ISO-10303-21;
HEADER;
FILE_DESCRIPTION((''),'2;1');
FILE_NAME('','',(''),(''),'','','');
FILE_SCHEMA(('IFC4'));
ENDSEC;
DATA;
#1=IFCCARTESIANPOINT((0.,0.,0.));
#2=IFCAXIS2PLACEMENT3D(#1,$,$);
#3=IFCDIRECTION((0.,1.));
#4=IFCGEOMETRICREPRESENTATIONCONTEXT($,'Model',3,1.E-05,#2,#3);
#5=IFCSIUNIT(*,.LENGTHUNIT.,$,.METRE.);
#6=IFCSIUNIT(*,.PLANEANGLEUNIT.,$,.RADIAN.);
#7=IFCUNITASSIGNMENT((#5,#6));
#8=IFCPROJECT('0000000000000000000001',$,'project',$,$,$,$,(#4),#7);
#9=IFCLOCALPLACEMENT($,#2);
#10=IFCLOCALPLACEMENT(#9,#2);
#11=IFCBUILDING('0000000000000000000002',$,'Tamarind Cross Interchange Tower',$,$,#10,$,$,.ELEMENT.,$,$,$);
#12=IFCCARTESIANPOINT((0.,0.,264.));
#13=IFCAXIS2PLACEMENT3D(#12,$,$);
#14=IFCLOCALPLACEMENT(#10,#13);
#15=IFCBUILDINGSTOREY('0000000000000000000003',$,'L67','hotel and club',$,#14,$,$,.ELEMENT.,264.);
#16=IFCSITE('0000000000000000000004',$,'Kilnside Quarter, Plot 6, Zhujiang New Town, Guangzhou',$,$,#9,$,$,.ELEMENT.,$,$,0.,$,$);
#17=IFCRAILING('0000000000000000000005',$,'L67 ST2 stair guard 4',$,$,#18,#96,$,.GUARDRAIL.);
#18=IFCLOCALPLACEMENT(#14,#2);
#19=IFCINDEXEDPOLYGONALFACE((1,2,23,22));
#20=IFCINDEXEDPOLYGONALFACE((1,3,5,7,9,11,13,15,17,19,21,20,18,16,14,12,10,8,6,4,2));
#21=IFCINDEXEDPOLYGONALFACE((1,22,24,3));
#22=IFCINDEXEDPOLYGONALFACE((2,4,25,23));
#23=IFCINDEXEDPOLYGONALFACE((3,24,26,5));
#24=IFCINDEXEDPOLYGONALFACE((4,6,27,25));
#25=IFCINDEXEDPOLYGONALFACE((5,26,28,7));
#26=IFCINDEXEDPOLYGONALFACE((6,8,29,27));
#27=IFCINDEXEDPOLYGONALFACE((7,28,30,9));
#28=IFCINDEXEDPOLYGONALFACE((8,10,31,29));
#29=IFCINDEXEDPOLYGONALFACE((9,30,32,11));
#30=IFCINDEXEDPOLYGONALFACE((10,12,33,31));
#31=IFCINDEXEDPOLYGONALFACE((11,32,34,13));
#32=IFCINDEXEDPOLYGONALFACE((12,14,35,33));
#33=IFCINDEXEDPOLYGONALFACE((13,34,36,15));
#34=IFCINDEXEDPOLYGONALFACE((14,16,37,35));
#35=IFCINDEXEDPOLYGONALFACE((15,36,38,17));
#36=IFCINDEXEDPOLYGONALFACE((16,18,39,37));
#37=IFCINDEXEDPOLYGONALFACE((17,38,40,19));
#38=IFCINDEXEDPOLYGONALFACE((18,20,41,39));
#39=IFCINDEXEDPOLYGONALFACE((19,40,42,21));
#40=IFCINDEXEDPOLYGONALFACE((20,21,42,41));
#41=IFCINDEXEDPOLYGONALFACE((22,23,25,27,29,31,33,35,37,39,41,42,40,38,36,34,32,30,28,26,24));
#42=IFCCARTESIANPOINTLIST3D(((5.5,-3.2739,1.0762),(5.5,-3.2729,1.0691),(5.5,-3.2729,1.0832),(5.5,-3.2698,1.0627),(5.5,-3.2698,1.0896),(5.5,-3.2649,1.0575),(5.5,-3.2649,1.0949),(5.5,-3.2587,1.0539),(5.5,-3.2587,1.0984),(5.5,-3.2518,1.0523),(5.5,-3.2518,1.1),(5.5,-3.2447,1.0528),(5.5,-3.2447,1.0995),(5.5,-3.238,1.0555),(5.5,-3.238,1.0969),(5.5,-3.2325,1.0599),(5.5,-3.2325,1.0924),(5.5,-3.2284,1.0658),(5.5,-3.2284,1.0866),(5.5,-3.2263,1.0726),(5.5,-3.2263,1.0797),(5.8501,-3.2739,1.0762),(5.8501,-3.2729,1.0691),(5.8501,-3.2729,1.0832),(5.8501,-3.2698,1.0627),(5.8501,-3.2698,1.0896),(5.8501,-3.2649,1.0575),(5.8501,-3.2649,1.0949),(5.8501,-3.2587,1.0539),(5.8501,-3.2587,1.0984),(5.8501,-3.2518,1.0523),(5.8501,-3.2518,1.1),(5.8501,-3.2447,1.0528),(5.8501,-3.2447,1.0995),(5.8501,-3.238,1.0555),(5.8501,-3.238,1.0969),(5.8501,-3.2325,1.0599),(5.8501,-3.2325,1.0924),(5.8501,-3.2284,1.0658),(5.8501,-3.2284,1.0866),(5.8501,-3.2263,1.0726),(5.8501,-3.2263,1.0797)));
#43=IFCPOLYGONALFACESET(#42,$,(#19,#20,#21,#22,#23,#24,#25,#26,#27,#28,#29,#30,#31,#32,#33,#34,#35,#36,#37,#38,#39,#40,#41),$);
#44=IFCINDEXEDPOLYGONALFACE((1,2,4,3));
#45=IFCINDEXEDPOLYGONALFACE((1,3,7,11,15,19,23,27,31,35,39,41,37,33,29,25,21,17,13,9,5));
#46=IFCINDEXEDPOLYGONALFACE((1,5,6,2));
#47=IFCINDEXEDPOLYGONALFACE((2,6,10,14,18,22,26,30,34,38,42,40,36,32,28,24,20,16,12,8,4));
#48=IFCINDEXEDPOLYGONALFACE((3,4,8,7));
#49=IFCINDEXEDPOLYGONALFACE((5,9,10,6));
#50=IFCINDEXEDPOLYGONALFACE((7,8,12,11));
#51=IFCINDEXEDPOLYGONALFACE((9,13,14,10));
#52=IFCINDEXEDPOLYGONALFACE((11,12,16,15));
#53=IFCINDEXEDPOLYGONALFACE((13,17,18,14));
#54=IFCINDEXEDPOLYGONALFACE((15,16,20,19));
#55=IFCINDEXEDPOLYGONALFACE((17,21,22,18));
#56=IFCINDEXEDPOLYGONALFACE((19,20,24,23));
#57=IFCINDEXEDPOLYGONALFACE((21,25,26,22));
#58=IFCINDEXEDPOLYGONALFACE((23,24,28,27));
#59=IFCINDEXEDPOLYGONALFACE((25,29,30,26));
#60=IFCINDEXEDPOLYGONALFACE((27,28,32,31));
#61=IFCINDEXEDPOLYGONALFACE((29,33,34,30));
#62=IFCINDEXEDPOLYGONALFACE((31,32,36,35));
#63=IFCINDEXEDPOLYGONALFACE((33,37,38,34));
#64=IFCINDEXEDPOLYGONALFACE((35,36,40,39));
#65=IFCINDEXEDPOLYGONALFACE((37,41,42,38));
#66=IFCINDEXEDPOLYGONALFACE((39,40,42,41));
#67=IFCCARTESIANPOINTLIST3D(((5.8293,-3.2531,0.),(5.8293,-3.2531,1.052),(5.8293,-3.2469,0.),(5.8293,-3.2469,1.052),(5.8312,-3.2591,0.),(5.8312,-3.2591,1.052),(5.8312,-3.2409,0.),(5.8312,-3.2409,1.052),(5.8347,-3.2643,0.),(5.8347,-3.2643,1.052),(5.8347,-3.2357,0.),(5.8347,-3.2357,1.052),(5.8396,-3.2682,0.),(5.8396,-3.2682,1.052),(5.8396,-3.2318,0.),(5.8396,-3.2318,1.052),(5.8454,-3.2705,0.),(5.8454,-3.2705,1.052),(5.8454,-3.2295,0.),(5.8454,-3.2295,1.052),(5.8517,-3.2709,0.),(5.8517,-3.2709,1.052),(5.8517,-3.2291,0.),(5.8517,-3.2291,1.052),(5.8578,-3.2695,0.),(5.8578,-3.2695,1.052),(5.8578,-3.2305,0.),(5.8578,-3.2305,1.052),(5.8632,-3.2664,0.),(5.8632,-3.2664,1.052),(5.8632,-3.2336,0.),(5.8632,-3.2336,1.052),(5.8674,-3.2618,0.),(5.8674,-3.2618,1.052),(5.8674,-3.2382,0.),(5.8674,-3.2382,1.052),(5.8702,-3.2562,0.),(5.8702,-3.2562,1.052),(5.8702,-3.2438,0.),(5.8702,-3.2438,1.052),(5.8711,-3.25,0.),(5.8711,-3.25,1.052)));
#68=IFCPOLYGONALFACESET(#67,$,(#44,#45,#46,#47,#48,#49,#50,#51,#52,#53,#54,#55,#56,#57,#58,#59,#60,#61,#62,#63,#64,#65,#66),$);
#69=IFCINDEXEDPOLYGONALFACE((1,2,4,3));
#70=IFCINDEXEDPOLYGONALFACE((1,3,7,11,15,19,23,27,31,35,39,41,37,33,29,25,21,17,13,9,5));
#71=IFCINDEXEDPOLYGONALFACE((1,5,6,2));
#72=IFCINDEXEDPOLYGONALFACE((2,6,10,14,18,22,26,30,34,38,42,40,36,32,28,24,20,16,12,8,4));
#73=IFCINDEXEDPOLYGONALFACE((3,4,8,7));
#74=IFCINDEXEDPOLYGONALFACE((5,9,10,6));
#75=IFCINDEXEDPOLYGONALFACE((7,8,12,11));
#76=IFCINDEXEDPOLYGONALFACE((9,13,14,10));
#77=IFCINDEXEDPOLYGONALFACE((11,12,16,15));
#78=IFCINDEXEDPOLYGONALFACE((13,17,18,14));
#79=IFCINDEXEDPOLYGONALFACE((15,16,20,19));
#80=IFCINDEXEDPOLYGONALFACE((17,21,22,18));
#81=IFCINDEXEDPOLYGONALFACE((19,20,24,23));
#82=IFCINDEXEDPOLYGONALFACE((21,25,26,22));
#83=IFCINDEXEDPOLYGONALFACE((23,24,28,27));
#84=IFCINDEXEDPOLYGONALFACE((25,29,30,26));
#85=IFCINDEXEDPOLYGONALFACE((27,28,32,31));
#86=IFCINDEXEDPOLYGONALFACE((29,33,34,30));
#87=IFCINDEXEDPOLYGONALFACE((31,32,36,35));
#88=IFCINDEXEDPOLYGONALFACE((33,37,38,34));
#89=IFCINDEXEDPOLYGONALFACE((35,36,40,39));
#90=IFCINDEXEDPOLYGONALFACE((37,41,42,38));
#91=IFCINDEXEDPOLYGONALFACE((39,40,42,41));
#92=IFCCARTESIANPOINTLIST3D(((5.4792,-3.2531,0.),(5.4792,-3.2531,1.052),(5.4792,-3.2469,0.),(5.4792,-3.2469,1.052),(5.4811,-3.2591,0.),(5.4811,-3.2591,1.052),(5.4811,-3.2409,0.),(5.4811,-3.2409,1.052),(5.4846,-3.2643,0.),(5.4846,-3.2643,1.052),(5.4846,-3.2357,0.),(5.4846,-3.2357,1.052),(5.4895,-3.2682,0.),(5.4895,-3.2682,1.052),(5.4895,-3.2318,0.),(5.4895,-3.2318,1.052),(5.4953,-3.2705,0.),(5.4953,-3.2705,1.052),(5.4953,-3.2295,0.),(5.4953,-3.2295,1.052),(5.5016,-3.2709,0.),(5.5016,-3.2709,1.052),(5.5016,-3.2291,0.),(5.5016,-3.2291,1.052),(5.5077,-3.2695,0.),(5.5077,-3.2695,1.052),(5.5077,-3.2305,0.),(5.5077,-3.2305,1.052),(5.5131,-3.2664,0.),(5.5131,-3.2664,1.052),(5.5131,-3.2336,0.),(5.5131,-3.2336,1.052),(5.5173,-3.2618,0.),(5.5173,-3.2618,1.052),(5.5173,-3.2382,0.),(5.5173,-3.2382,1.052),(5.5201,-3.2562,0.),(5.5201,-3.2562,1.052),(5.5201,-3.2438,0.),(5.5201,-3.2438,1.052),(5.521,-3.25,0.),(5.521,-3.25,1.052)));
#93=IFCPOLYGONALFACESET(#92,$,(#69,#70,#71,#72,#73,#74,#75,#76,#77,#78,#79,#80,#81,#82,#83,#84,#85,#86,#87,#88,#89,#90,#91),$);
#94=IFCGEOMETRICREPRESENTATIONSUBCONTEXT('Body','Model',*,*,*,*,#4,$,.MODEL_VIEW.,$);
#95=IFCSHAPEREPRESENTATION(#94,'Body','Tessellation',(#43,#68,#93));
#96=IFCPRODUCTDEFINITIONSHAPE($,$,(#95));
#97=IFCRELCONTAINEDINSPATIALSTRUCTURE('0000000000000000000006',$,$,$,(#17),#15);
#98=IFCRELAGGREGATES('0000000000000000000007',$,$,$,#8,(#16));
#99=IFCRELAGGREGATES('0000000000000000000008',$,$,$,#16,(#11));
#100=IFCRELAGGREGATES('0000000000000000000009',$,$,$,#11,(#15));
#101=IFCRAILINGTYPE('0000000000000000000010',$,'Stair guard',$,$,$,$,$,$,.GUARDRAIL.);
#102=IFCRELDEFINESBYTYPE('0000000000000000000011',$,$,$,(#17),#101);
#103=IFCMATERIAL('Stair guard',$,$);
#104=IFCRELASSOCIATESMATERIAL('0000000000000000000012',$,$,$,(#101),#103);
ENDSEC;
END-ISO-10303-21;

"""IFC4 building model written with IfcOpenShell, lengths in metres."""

from ifc_helpers import new_model, si_unit, direction, frame, origin, origin_2d, place, context, subcontext, project, spatial, circle, extrude, material, type_object, element, save


model = new_model("IFC4")

# Units and contexts
model_context = context("Model", 3, precision=1e-05, world=origin(), true_north=direction((0.0, 1.0)))
body_context = subcontext(model_context, "Body", "Model", "MODEL_VIEW")
ifc_project = project(units=[si_unit("LENGTHUNIT", "METRE"), si_unit("PLANEANGLEUNIT", "RADIAN")], contexts=[model_context])

# Site, building, storey
site_placement = place(None, origin())
site = spatial("IfcSite", under=ifc_project, at=site_placement, Name="Kilnside Quarter, Plot 6, Zhujiang New Town, Guangzhou", CompositionType="ELEMENT", RefElevation=0.0)
building_placement = place(site_placement, origin())
building = spatial("IfcBuilding", under=site, at=building_placement, Name="Tamarind Cross Interchange Tower", CompositionType="ELEMENT")
storey_placement = place(building_placement, frame((0.0, 0.0, 264.0)))
storey = spatial("IfcBuildingStorey", under=building, at=storey_placement, Name="L67", Description="hotel and club", CompositionType="ELEMENT", Elevation=264.0)

# Railing
ifc_material_1 = material(Name="Stair guard")
railing_type_1 = type_object("IfcRailingType", Name="Stair guard", PredefinedType="GUARDRAIL", material=ifc_material_1)
railing_1_placement = place(storey_placement, frame((5.8501, -3.25, 0.0)))
element("IfcRailing", 1, at=railing_1_placement, inside=storey, type_object=railing_type_1, Name="L67 ST2 stair guard 4", PredefinedType="GUARDRAIL", context=body_context, shape_type="SweptSolid", body=[
    extrude(circle(Radius=0.0239, at=origin_2d()), frame((0.0, 0.0, 1.0762), z_axis=(-1.0, 0.0, 0.0), x_axis=(0.0, -1.0, 0.0)), (0.0, 0.0, 1.0), 0.3501),
    extrude(circle(Radius=0.021, at=origin_2d()), origin(), (0.0, 0.0, 1.0), 1.052),
    extrude(circle(Radius=0.021, at=origin_2d()), frame((-0.3501, 0.0, 0.0)), (0.0, 0.0, 1.0), 1.052),
])

save(model, "model.ifc")
